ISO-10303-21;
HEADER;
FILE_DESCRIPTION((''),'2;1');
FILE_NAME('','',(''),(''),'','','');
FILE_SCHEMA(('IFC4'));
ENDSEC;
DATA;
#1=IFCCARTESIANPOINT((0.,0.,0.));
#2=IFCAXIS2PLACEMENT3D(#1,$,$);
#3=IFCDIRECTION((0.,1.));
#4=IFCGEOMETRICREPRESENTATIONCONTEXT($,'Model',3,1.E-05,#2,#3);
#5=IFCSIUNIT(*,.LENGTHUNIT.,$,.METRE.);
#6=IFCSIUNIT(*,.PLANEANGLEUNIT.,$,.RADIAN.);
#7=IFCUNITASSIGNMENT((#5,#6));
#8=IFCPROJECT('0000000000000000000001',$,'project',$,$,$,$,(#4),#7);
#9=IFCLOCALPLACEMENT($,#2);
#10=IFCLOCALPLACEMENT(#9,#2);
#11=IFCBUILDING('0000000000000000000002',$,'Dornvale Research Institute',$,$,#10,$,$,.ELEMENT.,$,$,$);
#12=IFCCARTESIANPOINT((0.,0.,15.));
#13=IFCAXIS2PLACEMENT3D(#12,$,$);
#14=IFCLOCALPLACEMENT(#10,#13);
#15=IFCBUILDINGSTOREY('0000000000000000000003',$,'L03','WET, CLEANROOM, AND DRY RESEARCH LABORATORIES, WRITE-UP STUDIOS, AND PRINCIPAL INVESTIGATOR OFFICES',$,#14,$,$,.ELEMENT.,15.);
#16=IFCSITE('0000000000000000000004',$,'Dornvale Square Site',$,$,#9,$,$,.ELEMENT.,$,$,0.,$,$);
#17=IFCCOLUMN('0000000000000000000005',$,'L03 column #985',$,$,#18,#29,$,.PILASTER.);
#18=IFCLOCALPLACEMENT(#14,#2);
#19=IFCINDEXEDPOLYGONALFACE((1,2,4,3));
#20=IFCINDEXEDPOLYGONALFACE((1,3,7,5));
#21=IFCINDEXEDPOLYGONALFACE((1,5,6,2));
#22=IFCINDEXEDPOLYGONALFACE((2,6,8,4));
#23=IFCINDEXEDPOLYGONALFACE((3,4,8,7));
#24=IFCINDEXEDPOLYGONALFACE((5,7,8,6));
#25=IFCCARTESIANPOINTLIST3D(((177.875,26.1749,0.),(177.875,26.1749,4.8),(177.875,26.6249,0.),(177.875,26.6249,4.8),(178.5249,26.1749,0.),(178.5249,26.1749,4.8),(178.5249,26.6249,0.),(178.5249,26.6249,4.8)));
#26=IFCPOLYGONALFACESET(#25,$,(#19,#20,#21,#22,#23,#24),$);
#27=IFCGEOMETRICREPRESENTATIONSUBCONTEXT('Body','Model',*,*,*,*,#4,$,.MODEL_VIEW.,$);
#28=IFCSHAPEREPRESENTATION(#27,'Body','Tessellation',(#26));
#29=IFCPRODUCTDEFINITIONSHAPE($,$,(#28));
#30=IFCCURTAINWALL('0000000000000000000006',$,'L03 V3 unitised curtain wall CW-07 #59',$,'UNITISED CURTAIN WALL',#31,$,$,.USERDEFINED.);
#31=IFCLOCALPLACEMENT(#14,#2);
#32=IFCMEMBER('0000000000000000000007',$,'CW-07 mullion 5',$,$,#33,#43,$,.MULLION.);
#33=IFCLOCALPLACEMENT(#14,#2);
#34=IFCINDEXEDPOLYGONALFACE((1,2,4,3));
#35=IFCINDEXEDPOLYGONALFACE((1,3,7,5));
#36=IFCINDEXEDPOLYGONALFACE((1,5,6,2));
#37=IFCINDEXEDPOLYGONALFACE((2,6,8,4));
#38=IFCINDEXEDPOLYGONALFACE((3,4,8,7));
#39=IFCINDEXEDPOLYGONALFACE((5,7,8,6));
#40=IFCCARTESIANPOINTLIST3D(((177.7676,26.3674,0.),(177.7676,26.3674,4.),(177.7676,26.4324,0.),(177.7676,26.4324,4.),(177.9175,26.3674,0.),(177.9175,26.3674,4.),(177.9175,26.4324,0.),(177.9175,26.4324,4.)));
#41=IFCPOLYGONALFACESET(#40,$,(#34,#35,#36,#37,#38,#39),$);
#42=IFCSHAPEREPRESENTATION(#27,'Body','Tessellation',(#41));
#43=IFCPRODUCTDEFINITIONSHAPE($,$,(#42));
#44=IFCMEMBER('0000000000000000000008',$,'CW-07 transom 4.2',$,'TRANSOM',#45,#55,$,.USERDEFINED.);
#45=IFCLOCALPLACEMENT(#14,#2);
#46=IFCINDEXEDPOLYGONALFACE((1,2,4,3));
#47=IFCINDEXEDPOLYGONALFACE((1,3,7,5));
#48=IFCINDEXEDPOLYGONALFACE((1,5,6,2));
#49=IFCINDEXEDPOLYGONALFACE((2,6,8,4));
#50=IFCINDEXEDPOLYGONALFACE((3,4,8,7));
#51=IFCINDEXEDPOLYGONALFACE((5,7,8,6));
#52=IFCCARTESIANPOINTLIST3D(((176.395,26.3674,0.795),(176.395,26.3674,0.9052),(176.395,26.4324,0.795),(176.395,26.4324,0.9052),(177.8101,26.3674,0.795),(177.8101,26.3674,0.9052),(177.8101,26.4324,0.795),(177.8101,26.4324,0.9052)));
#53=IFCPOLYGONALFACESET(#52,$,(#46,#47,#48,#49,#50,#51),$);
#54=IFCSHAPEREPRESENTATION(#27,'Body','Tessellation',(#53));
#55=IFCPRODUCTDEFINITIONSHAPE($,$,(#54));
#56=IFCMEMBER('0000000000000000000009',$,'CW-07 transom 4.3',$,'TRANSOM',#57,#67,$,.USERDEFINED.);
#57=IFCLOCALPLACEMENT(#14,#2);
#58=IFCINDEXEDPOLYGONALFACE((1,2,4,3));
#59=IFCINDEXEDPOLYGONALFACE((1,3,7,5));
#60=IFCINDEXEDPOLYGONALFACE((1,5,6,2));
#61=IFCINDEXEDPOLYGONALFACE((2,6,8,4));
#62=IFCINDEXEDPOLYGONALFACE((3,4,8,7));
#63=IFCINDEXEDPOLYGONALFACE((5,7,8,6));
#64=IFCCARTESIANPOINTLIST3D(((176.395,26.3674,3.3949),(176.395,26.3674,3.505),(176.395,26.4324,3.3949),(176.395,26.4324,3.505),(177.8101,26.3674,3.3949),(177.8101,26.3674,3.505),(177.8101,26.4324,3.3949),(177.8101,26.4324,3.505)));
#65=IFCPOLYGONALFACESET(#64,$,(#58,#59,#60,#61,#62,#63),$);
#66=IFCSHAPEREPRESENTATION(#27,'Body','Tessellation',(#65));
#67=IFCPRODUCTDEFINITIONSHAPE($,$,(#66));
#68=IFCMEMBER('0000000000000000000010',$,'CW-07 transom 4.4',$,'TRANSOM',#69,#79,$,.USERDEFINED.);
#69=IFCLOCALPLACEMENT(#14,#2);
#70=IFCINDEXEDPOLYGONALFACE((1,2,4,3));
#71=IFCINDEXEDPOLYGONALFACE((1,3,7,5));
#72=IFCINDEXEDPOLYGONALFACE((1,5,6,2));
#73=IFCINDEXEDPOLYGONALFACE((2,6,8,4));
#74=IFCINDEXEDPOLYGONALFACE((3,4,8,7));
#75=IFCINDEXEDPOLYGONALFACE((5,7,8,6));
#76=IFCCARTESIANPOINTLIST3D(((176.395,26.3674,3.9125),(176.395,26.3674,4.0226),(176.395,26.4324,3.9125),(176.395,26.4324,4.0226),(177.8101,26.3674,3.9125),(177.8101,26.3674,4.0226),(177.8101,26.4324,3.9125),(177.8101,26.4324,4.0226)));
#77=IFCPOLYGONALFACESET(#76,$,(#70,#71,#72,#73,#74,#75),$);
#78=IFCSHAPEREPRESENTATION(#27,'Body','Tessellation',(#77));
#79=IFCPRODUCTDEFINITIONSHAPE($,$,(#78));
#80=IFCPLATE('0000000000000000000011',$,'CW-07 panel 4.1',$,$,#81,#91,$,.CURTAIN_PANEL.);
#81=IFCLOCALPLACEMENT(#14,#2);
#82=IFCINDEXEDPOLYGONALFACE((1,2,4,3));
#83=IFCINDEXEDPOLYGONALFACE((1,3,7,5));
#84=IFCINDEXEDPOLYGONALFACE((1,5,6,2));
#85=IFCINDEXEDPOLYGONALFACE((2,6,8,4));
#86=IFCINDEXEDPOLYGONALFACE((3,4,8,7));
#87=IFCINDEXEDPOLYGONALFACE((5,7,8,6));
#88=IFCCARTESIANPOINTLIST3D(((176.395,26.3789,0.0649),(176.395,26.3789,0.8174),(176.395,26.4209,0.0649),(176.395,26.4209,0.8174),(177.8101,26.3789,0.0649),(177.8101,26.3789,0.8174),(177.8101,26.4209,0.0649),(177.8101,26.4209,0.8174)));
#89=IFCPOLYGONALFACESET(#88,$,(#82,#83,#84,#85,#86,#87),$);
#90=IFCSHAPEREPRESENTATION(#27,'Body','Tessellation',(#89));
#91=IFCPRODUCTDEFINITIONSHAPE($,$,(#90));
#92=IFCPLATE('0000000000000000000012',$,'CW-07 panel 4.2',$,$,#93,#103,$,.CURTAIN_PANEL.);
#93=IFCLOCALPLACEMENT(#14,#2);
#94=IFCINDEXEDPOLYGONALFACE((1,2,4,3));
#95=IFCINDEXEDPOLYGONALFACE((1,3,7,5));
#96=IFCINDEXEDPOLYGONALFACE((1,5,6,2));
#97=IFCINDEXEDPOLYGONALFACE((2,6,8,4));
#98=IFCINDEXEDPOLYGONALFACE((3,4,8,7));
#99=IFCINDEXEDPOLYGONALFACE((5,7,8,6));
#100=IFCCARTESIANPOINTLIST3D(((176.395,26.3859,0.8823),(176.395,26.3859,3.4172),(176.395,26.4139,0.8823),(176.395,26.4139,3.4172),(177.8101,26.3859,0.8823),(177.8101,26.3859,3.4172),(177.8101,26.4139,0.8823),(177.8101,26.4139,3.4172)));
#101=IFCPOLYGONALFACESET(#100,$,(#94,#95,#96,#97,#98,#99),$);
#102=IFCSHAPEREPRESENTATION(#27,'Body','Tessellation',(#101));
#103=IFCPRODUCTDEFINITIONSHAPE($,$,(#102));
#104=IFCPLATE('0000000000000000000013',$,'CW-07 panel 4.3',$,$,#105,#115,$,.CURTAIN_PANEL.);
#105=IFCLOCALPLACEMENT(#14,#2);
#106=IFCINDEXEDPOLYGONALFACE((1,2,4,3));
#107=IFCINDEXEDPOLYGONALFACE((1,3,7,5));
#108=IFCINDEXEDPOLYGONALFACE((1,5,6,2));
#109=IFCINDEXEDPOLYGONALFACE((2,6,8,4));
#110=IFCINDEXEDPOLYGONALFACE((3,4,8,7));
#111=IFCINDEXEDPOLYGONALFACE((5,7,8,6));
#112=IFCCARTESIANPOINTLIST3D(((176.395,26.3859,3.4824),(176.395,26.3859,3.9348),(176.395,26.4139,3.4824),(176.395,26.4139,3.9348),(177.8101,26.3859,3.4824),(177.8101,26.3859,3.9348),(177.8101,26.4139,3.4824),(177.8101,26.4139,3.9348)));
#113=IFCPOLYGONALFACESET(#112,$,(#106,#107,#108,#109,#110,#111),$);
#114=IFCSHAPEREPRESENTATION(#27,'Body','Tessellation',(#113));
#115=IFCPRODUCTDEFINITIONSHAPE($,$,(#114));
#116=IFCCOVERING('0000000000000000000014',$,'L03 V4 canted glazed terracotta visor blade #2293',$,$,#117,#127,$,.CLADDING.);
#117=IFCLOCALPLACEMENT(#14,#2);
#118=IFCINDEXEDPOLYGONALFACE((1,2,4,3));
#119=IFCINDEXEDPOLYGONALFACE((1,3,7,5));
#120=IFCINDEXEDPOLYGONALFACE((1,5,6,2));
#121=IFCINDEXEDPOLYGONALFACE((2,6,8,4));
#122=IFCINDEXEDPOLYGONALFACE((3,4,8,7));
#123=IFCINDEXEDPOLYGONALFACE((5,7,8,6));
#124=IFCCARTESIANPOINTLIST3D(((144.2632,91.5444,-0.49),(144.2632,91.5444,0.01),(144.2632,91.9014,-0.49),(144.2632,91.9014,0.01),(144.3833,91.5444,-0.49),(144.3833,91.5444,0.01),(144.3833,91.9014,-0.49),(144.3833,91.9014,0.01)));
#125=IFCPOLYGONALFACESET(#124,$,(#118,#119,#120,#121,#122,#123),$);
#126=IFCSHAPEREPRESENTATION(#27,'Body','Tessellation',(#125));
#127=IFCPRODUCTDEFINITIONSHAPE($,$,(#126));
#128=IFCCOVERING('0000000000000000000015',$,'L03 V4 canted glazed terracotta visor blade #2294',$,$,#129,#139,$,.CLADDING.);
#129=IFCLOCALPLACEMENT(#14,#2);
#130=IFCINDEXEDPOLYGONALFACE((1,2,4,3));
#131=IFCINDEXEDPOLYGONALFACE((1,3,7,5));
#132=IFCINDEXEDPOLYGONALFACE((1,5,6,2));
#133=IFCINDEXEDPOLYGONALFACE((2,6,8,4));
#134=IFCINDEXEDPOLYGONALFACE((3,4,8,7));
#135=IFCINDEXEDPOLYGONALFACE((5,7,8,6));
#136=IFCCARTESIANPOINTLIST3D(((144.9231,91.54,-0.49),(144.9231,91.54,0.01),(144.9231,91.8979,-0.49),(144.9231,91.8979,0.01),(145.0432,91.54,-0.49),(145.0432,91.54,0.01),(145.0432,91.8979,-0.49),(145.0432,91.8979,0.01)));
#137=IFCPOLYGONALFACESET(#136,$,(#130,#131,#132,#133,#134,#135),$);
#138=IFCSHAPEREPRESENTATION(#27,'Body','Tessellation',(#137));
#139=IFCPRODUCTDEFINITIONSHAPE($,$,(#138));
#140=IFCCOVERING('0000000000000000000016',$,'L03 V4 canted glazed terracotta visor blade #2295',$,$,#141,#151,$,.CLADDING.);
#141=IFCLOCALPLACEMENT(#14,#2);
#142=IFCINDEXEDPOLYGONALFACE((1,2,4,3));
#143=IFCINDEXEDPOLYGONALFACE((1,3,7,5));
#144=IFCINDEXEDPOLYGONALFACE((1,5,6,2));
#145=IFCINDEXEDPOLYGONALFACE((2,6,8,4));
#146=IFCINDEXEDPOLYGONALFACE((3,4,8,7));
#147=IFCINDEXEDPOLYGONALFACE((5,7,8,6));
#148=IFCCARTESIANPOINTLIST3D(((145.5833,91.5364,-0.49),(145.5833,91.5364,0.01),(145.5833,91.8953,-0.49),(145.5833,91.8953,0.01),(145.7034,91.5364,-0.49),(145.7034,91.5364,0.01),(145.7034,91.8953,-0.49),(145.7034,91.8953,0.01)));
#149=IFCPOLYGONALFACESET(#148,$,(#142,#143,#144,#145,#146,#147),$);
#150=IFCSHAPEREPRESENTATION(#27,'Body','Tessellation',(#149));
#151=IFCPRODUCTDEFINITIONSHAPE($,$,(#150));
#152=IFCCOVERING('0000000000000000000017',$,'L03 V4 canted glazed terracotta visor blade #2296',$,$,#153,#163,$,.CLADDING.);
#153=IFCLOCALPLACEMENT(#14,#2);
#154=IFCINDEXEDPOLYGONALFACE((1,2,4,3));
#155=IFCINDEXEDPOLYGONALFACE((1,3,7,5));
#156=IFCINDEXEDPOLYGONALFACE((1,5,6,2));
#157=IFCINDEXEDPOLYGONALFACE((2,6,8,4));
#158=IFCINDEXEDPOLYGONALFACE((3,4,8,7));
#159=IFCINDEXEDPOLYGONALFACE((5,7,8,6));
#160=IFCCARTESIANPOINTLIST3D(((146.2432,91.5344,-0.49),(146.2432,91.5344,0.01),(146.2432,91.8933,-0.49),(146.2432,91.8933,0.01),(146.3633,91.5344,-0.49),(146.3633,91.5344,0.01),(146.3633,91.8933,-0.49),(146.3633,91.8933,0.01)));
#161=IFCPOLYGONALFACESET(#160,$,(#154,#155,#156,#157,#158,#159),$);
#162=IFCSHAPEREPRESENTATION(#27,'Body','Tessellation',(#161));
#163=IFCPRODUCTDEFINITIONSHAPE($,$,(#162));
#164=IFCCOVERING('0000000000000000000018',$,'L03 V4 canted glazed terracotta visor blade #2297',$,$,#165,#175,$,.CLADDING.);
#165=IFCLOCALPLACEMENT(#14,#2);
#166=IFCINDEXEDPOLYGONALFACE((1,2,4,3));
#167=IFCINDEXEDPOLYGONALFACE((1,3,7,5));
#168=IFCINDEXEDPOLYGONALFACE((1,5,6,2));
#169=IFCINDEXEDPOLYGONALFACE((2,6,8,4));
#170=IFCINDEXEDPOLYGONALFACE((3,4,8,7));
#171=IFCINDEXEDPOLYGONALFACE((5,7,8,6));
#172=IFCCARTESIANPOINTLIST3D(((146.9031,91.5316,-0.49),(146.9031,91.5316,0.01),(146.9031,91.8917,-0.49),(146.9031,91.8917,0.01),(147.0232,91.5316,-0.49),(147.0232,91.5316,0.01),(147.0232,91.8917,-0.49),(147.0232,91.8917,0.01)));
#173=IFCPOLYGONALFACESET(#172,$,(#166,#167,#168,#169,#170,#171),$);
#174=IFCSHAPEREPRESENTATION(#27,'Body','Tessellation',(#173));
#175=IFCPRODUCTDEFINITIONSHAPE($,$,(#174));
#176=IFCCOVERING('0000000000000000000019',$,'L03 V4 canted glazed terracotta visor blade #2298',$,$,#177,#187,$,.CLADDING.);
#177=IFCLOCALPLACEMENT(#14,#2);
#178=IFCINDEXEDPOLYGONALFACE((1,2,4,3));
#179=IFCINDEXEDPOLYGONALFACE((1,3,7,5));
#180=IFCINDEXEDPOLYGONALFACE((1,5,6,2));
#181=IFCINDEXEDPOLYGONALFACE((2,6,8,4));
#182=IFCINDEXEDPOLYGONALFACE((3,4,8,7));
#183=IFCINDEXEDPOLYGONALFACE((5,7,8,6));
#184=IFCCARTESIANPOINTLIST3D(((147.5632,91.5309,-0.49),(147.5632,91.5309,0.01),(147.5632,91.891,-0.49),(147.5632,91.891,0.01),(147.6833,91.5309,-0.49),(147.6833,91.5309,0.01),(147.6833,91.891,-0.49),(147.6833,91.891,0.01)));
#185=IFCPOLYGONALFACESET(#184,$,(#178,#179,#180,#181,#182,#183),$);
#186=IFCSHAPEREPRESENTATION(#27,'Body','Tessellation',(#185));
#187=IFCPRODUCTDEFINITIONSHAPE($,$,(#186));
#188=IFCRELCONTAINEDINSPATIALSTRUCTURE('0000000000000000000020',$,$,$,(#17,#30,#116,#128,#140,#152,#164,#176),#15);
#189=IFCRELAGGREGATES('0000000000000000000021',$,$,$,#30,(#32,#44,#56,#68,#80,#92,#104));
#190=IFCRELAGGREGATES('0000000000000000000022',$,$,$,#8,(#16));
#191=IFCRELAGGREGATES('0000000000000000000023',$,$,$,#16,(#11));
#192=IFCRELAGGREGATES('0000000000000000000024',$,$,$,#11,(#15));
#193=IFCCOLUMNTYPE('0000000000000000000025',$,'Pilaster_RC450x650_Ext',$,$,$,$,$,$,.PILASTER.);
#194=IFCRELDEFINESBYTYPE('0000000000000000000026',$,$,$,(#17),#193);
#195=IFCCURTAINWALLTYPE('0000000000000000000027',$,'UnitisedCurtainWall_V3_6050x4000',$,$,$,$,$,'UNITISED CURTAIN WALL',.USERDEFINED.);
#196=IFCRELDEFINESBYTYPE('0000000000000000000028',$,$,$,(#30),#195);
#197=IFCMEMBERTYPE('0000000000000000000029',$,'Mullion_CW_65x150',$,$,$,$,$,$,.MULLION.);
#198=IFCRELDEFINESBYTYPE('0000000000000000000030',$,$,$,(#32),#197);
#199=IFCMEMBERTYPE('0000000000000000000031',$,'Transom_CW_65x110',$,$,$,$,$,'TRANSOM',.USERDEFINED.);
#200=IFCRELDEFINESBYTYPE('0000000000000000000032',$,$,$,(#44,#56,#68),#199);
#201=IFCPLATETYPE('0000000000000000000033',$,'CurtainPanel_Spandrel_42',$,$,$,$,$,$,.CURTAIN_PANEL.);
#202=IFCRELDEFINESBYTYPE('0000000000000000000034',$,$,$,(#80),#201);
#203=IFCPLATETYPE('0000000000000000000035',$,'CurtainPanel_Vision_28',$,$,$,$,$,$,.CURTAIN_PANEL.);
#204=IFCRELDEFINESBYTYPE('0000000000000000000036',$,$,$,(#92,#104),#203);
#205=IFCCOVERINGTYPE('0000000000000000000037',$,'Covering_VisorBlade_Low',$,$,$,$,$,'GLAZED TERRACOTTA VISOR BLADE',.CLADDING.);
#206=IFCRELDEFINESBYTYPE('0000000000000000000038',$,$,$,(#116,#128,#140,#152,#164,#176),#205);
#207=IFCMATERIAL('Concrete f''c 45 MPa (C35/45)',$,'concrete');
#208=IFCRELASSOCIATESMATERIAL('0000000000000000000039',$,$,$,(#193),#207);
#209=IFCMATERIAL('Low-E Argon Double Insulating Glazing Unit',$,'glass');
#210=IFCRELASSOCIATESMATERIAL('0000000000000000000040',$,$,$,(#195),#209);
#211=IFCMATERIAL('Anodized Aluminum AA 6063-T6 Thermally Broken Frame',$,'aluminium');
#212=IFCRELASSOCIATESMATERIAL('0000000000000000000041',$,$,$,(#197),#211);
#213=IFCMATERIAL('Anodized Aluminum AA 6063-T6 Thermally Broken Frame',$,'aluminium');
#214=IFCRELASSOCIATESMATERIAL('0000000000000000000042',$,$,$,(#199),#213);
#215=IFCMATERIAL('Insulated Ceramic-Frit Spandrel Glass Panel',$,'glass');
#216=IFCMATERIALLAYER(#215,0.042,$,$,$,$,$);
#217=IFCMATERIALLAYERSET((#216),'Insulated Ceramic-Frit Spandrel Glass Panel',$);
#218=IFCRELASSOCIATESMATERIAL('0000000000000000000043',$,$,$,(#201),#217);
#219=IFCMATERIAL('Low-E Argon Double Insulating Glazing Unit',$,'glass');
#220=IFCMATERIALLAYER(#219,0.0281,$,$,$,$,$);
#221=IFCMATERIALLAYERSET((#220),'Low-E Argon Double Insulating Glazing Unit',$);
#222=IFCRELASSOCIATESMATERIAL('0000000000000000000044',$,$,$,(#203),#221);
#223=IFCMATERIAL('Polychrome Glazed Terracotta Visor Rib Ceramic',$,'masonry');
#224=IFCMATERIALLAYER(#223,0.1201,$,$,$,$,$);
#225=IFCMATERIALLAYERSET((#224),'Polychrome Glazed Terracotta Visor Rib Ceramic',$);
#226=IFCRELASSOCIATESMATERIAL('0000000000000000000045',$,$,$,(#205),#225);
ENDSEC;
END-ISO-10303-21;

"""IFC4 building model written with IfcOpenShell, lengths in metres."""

from ifc_helpers import new_model, si_unit, direction, frame, origin, origin_2d, place, context, subcontext, project, spatial, rectangle, extrude, material, layer, layer_set, material_profile, profile_set, type_object, element, aggregate, save


model = new_model("IFC4")

# Units and contexts
model_context = context("Model", 3, precision=1e-05, world=origin(), true_north=direction((0.0, 1.0)))
body_context = subcontext(model_context, "Body", "Model", "MODEL_VIEW")
ifc_project = project(units=[si_unit("LENGTHUNIT", "METRE"), si_unit("PLANEANGLEUNIT", "RADIAN")], contexts=[model_context])

# Site, building, storey
site_placement = place(None, origin())
site = spatial("IfcSite", under=ifc_project, at=site_placement, Name="Dornvale Square Site", CompositionType="ELEMENT", RefElevation=0.0)
building_placement = place(site_placement, origin())
building = spatial("IfcBuilding", under=site, at=building_placement, Name="Dornvale Research Institute", CompositionType="ELEMENT")
storey_placement = place(building_placement, frame((0.0, 0.0, 15.0)))
storey = spatial("IfcBuildingStorey", under=building, at=storey_placement, Name="L03", Description="WET, CLEANROOM, AND DRY RESEARCH LABORATORIES, WRITE-UP STUDIOS, AND PRINCIPAL INVESTIGATOR OFFICES", CompositionType="ELEMENT", Elevation=15.0)

# Column
ifc_material_1 = material(Name="Concrete f'c 45 MPa (C35/45)", Category="concrete")
ifc_material_profile_1 = material_profile(ifc_material_1, rectangle(XDim=0.45, YDim=0.6499, at=origin_2d()), Name="RC 450x650")
ifc_profile_set_1 = profile_set([ifc_material_profile_1], Name="Concrete f'c 45 MPa (C35/45)")
column_type = type_object("IfcColumnType", Name="Pilaster_RC450x650_Ext", PredefinedType="PILASTER", material=ifc_profile_set_1)
column_placement = place(storey_placement, frame((178.2, 26.3999, 0.0), z_axis=(0.0, 0.0, 1.0), x_axis=(0.0, 1.0, 0.0)))
element("IfcColumn", 1, at=column_placement, inside=storey, type_object=column_type, Name="L03 column #985", PredefinedType="PILASTER", context=body_context, shape_type="SweptSolid", body=[
    extrude(rectangle(XDim=0.45, YDim=0.6499, at=origin_2d()), origin(), (0.0, 0.0, 1.0), 4.8),
])

# Curtain wall, members, plates
ifc_material_2 = material(Name="Low-E Argon Double Insulating Glazing Unit", Category="glass")
curtain_wall_type = type_object("IfcCurtainWallType", Name="UnitisedCurtainWall_V3_6050x4000", ElementType="UNITISED CURTAIN WALL", PredefinedType="USERDEFINED", material=ifc_material_2)
curtain_wall_placement = place(storey_placement, origin())
curtain_wall = element("IfcCurtainWall", 2, at=curtain_wall_placement, inside=storey, type_object=curtain_wall_type, Name="L03 V3 unitised curtain wall CW-07 #59", ObjectType="UNITISED CURTAIN WALL", PredefinedType="USERDEFINED")
ifc_material_3 = material(Name="Anodized Aluminum AA 6063-T6 Thermally Broken Frame", Category="aluminium")
ifc_material_profile_2 = material_profile(ifc_material_3, rectangle(XDim=0.0649, YDim=0.1499, at=origin_2d()), Name="ALU MULLION 65x150")
ifc_profile_set_2 = profile_set([ifc_material_profile_2], Name="Anodized Aluminum AA 6063-T6 Thermally Broken Frame")
member_type_1 = type_object("IfcMemberType", Name="Mullion_CW_65x150", PredefinedType="MULLION", material=ifc_profile_set_2)
member_1_placement = place(storey_placement, frame((177.8425, 26.3999, 0.0), z_axis=(0.0, 0.0, 1.0), x_axis=(0.0, 1.0, 0.0)))
member_1 = element("IfcMember", 3, at=member_1_placement, type_object=member_type_1, Name="CW-07 mullion 5", PredefinedType="MULLION", context=body_context, shape_type="SweptSolid", body=[
    extrude(rectangle(XDim=0.0649, YDim=0.1499, at=origin_2d()), origin(), (0.0, 0.0, 1.0), 4.0),
])
ifc_material_4 = material(Name="Anodized Aluminum AA 6063-T6 Thermally Broken Frame", Category="aluminium")
ifc_material_profile_3 = material_profile(ifc_material_4, rectangle(XDim=0.0649, YDim=0.1101, at=origin_2d()), Name="ALU TRANSOM 65x110")
ifc_profile_set_3 = profile_set([ifc_material_profile_3], Name="Anodized Aluminum AA 6063-T6 Thermally Broken Frame")
member_type_2 = type_object("IfcMemberType", Name="Transom_CW_65x110", ElementType="TRANSOM", PredefinedType="USERDEFINED", material=ifc_profile_set_3)
member_2_placement = place(storey_placement, frame((176.395, 26.3999, 0.8501), z_axis=(1.0, 0.0, 0.0), x_axis=(0.0, 1.0, 0.0)))
member_2 = element("IfcMember", 4, at=member_2_placement, type_object=member_type_2, Name="CW-07 transom 4.2", ObjectType="TRANSOM", PredefinedType="USERDEFINED", context=body_context, shape_type="SweptSolid", body=[
    extrude(rectangle(XDim=0.0649, YDim=0.1101, at=origin_2d()), origin(), (0.0, 0.0, 1.0), 1.415),
])
member_3_placement = place(storey_placement, frame((176.395, 26.3999, 3.45), z_axis=(1.0, 0.0, 0.0), x_axis=(0.0, 1.0, 0.0)))
member_3 = element("IfcMember", 5, at=member_3_placement, type_object=member_type_2, Name="CW-07 transom 4.3", ObjectType="TRANSOM", PredefinedType="USERDEFINED", context=body_context, shape_type="SweptSolid", body=[
    extrude(rectangle(XDim=0.0649, YDim=0.1101, at=origin_2d()), origin(), (0.0, 0.0, 1.0), 1.415),
])
member_4_placement = place(storey_placement, frame((176.395, 26.3999, 3.9675), z_axis=(1.0, 0.0, 0.0), x_axis=(0.0, 1.0, 0.0)))
member_4 = element("IfcMember", 6, at=member_4_placement, type_object=member_type_2, Name="CW-07 transom 4.4", ObjectType="TRANSOM", PredefinedType="USERDEFINED", context=body_context, shape_type="SweptSolid", body=[
    extrude(rectangle(XDim=0.0649, YDim=0.1101, at=origin_2d()), origin(), (0.0, 0.0, 1.0), 1.415),
])
ifc_material_5 = material(Name="Insulated Ceramic-Frit Spandrel Glass Panel", Category="glass")
ifc_layer_1 = layer(ifc_material_5, 0.042)
ifc_layer_set_1 = layer_set([ifc_layer_1], Name="Insulated Ceramic-Frit Spandrel Glass Panel")
plate_type_1 = type_object("IfcPlateType", Name="CurtainPanel_Spandrel_42", PredefinedType="CURTAIN_PANEL", material=ifc_layer_set_1)
plate_1_placement = place(storey_placement, frame((177.1025, 26.3999, 0.0649), z_axis=(0.0, 0.0, 1.0), x_axis=(1.0, 0.0, 0.0)))
plate_1 = element("IfcPlate", 7, at=plate_1_placement, type_object=plate_type_1, Name="CW-07 panel 4.1", PredefinedType="CURTAIN_PANEL", context=body_context, shape_type="SweptSolid", body=[
    extrude(rectangle(XDim=1.415, YDim=0.042, at=origin_2d()), origin(), (0.0, 0.0, 1.0), 0.7524),
])
ifc_material_6 = material(Name="Low-E Argon Double Insulating Glazing Unit", Category="glass")
ifc_layer_2 = layer(ifc_material_6, 0.0281)
ifc_layer_set_2 = layer_set([ifc_layer_2], Name="Low-E Argon Double Insulating Glazing Unit")
plate_type_2 = type_object("IfcPlateType", Name="CurtainPanel_Vision_28", PredefinedType="CURTAIN_PANEL", material=ifc_layer_set_2)
plate_2_placement = place(storey_placement, frame((177.1025, 26.3999, 0.8823), z_axis=(0.0, 0.0, 1.0), x_axis=(1.0, 0.0, 0.0)))
plate_2 = element("IfcPlate", 8, at=plate_2_placement, type_object=plate_type_2, Name="CW-07 panel 4.2", PredefinedType="CURTAIN_PANEL", context=body_context, shape_type="SweptSolid", body=[
    extrude(rectangle(XDim=1.415, YDim=0.0281, at=origin_2d()), origin(), (0.0, 0.0, 1.0), 2.5349),
])
plate_3_placement = place(storey_placement, frame((177.1025, 26.3999, 3.4824), z_axis=(0.0, 0.0, 1.0), x_axis=(1.0, 0.0, 0.0)))
plate_3 = element("IfcPlate", 9, at=plate_3_placement, type_object=plate_type_2, Name="CW-07 panel 4.3", PredefinedType="CURTAIN_PANEL", context=body_context, shape_type="SweptSolid", body=[
    extrude(rectangle(XDim=1.415, YDim=0.0281, at=origin_2d()), origin(), (0.0, 0.0, 1.0), 0.4524),
])
aggregate(curtain_wall, [member_1, member_2, member_3, member_4, plate_1, plate_2, plate_3])

# Coverings
ifc_material_7 = material(Name="Polychrome Glazed Terracotta Visor Rib Ceramic", Category="masonry")
ifc_layer_3 = layer(ifc_material_7, 0.1201)
ifc_layer_set_3 = layer_set([ifc_layer_3], Name="Polychrome Glazed Terracotta Visor Rib Ceramic")
covering_type = type_object("IfcCoveringType", Name="Covering_VisorBlade_Low", ElementType="GLAZED TERRACOTTA VISOR BLADE", PredefinedType="CLADDING", material=ifc_layer_set_3)
covering_1_placement = place(storey_placement, frame((144.3232, 91.7229, -0.49), z_axis=(0.0, 0.0, 1.0), x_axis=(0.0, 1.0, 0.0)))
element("IfcCovering", 10, at=covering_1_placement, inside=storey, type_object=covering_type, Name="L03 V4 canted glazed terracotta visor blade #2293", PredefinedType="CLADDING", context=body_context, shape_type="SweptSolid", body=[
    extrude(rectangle(XDim=0.3569, YDim=0.1201, at=origin_2d()), origin(), (0.0, 0.0, 1.0), 0.5),
])
covering_2_placement = place(storey_placement, frame((144.9832, 91.719, -0.49), z_axis=(0.0, 0.0, 1.0), x_axis=(0.0, 1.0, 0.0)))
element("IfcCovering", 11, at=covering_2_placement, inside=storey, type_object=covering_type, Name="L03 V4 canted glazed terracotta visor blade #2294", PredefinedType="CLADDING", context=body_context, shape_type="SweptSolid", body=[
    extrude(rectangle(XDim=0.3579, YDim=0.1201, at=origin_2d()), origin(), (0.0, 0.0, 1.0), 0.5),
])
for number, where, z_axis, x_axis, name in (
    (12, (145.6433, 91.7158, -0.49), (0.0, 0.0, 1.0), (0.0, 1.0, 0.0), "L03 V4 canted glazed terracotta visor blade #2295"),
    (13, (146.3032, 91.7139, -0.49), (0.0, 0.0, 1.0), (0.0, 1.0, 0.0), "L03 V4 canted glazed terracotta visor blade #2296"),
):
    element("IfcCovering", number, at=place(storey_placement, frame(where, z_axis=z_axis, x_axis=x_axis)), inside=storey, type_object=covering_type, Name=name, PredefinedType="CLADDING", context=body_context, shape_type="SweptSolid", body=[
        extrude(rectangle(XDim=0.3589, YDim=0.1201, at=origin_2d()), origin(), (0.0, 0.0, 1.0), 0.5),
    ])
for number, where, z_axis, x_axis, name in (
    (14, (146.9631, 91.7117, -0.49), (0.0, 0.0, 1.0), (0.0, 1.0, 0.0), "L03 V4 canted glazed terracotta visor blade #2297"),
    (15, (147.6233, 91.7109, -0.49), (0.0, 0.0, 1.0), (0.0, 1.0, 0.0), "L03 V4 canted glazed terracotta visor blade #2298"),
):
    element("IfcCovering", number, at=place(storey_placement, frame(where, z_axis=z_axis, x_axis=x_axis)), inside=storey, type_object=covering_type, Name=name, PredefinedType="CLADDING", context=body_context, shape_type="SweptSolid", body=[
        extrude(rectangle(XDim=0.3601, YDim=0.1201, at=origin_2d()), origin(), (0.0, 0.0, 1.0), 0.5),
    ])

save(model, "model.ifc")
